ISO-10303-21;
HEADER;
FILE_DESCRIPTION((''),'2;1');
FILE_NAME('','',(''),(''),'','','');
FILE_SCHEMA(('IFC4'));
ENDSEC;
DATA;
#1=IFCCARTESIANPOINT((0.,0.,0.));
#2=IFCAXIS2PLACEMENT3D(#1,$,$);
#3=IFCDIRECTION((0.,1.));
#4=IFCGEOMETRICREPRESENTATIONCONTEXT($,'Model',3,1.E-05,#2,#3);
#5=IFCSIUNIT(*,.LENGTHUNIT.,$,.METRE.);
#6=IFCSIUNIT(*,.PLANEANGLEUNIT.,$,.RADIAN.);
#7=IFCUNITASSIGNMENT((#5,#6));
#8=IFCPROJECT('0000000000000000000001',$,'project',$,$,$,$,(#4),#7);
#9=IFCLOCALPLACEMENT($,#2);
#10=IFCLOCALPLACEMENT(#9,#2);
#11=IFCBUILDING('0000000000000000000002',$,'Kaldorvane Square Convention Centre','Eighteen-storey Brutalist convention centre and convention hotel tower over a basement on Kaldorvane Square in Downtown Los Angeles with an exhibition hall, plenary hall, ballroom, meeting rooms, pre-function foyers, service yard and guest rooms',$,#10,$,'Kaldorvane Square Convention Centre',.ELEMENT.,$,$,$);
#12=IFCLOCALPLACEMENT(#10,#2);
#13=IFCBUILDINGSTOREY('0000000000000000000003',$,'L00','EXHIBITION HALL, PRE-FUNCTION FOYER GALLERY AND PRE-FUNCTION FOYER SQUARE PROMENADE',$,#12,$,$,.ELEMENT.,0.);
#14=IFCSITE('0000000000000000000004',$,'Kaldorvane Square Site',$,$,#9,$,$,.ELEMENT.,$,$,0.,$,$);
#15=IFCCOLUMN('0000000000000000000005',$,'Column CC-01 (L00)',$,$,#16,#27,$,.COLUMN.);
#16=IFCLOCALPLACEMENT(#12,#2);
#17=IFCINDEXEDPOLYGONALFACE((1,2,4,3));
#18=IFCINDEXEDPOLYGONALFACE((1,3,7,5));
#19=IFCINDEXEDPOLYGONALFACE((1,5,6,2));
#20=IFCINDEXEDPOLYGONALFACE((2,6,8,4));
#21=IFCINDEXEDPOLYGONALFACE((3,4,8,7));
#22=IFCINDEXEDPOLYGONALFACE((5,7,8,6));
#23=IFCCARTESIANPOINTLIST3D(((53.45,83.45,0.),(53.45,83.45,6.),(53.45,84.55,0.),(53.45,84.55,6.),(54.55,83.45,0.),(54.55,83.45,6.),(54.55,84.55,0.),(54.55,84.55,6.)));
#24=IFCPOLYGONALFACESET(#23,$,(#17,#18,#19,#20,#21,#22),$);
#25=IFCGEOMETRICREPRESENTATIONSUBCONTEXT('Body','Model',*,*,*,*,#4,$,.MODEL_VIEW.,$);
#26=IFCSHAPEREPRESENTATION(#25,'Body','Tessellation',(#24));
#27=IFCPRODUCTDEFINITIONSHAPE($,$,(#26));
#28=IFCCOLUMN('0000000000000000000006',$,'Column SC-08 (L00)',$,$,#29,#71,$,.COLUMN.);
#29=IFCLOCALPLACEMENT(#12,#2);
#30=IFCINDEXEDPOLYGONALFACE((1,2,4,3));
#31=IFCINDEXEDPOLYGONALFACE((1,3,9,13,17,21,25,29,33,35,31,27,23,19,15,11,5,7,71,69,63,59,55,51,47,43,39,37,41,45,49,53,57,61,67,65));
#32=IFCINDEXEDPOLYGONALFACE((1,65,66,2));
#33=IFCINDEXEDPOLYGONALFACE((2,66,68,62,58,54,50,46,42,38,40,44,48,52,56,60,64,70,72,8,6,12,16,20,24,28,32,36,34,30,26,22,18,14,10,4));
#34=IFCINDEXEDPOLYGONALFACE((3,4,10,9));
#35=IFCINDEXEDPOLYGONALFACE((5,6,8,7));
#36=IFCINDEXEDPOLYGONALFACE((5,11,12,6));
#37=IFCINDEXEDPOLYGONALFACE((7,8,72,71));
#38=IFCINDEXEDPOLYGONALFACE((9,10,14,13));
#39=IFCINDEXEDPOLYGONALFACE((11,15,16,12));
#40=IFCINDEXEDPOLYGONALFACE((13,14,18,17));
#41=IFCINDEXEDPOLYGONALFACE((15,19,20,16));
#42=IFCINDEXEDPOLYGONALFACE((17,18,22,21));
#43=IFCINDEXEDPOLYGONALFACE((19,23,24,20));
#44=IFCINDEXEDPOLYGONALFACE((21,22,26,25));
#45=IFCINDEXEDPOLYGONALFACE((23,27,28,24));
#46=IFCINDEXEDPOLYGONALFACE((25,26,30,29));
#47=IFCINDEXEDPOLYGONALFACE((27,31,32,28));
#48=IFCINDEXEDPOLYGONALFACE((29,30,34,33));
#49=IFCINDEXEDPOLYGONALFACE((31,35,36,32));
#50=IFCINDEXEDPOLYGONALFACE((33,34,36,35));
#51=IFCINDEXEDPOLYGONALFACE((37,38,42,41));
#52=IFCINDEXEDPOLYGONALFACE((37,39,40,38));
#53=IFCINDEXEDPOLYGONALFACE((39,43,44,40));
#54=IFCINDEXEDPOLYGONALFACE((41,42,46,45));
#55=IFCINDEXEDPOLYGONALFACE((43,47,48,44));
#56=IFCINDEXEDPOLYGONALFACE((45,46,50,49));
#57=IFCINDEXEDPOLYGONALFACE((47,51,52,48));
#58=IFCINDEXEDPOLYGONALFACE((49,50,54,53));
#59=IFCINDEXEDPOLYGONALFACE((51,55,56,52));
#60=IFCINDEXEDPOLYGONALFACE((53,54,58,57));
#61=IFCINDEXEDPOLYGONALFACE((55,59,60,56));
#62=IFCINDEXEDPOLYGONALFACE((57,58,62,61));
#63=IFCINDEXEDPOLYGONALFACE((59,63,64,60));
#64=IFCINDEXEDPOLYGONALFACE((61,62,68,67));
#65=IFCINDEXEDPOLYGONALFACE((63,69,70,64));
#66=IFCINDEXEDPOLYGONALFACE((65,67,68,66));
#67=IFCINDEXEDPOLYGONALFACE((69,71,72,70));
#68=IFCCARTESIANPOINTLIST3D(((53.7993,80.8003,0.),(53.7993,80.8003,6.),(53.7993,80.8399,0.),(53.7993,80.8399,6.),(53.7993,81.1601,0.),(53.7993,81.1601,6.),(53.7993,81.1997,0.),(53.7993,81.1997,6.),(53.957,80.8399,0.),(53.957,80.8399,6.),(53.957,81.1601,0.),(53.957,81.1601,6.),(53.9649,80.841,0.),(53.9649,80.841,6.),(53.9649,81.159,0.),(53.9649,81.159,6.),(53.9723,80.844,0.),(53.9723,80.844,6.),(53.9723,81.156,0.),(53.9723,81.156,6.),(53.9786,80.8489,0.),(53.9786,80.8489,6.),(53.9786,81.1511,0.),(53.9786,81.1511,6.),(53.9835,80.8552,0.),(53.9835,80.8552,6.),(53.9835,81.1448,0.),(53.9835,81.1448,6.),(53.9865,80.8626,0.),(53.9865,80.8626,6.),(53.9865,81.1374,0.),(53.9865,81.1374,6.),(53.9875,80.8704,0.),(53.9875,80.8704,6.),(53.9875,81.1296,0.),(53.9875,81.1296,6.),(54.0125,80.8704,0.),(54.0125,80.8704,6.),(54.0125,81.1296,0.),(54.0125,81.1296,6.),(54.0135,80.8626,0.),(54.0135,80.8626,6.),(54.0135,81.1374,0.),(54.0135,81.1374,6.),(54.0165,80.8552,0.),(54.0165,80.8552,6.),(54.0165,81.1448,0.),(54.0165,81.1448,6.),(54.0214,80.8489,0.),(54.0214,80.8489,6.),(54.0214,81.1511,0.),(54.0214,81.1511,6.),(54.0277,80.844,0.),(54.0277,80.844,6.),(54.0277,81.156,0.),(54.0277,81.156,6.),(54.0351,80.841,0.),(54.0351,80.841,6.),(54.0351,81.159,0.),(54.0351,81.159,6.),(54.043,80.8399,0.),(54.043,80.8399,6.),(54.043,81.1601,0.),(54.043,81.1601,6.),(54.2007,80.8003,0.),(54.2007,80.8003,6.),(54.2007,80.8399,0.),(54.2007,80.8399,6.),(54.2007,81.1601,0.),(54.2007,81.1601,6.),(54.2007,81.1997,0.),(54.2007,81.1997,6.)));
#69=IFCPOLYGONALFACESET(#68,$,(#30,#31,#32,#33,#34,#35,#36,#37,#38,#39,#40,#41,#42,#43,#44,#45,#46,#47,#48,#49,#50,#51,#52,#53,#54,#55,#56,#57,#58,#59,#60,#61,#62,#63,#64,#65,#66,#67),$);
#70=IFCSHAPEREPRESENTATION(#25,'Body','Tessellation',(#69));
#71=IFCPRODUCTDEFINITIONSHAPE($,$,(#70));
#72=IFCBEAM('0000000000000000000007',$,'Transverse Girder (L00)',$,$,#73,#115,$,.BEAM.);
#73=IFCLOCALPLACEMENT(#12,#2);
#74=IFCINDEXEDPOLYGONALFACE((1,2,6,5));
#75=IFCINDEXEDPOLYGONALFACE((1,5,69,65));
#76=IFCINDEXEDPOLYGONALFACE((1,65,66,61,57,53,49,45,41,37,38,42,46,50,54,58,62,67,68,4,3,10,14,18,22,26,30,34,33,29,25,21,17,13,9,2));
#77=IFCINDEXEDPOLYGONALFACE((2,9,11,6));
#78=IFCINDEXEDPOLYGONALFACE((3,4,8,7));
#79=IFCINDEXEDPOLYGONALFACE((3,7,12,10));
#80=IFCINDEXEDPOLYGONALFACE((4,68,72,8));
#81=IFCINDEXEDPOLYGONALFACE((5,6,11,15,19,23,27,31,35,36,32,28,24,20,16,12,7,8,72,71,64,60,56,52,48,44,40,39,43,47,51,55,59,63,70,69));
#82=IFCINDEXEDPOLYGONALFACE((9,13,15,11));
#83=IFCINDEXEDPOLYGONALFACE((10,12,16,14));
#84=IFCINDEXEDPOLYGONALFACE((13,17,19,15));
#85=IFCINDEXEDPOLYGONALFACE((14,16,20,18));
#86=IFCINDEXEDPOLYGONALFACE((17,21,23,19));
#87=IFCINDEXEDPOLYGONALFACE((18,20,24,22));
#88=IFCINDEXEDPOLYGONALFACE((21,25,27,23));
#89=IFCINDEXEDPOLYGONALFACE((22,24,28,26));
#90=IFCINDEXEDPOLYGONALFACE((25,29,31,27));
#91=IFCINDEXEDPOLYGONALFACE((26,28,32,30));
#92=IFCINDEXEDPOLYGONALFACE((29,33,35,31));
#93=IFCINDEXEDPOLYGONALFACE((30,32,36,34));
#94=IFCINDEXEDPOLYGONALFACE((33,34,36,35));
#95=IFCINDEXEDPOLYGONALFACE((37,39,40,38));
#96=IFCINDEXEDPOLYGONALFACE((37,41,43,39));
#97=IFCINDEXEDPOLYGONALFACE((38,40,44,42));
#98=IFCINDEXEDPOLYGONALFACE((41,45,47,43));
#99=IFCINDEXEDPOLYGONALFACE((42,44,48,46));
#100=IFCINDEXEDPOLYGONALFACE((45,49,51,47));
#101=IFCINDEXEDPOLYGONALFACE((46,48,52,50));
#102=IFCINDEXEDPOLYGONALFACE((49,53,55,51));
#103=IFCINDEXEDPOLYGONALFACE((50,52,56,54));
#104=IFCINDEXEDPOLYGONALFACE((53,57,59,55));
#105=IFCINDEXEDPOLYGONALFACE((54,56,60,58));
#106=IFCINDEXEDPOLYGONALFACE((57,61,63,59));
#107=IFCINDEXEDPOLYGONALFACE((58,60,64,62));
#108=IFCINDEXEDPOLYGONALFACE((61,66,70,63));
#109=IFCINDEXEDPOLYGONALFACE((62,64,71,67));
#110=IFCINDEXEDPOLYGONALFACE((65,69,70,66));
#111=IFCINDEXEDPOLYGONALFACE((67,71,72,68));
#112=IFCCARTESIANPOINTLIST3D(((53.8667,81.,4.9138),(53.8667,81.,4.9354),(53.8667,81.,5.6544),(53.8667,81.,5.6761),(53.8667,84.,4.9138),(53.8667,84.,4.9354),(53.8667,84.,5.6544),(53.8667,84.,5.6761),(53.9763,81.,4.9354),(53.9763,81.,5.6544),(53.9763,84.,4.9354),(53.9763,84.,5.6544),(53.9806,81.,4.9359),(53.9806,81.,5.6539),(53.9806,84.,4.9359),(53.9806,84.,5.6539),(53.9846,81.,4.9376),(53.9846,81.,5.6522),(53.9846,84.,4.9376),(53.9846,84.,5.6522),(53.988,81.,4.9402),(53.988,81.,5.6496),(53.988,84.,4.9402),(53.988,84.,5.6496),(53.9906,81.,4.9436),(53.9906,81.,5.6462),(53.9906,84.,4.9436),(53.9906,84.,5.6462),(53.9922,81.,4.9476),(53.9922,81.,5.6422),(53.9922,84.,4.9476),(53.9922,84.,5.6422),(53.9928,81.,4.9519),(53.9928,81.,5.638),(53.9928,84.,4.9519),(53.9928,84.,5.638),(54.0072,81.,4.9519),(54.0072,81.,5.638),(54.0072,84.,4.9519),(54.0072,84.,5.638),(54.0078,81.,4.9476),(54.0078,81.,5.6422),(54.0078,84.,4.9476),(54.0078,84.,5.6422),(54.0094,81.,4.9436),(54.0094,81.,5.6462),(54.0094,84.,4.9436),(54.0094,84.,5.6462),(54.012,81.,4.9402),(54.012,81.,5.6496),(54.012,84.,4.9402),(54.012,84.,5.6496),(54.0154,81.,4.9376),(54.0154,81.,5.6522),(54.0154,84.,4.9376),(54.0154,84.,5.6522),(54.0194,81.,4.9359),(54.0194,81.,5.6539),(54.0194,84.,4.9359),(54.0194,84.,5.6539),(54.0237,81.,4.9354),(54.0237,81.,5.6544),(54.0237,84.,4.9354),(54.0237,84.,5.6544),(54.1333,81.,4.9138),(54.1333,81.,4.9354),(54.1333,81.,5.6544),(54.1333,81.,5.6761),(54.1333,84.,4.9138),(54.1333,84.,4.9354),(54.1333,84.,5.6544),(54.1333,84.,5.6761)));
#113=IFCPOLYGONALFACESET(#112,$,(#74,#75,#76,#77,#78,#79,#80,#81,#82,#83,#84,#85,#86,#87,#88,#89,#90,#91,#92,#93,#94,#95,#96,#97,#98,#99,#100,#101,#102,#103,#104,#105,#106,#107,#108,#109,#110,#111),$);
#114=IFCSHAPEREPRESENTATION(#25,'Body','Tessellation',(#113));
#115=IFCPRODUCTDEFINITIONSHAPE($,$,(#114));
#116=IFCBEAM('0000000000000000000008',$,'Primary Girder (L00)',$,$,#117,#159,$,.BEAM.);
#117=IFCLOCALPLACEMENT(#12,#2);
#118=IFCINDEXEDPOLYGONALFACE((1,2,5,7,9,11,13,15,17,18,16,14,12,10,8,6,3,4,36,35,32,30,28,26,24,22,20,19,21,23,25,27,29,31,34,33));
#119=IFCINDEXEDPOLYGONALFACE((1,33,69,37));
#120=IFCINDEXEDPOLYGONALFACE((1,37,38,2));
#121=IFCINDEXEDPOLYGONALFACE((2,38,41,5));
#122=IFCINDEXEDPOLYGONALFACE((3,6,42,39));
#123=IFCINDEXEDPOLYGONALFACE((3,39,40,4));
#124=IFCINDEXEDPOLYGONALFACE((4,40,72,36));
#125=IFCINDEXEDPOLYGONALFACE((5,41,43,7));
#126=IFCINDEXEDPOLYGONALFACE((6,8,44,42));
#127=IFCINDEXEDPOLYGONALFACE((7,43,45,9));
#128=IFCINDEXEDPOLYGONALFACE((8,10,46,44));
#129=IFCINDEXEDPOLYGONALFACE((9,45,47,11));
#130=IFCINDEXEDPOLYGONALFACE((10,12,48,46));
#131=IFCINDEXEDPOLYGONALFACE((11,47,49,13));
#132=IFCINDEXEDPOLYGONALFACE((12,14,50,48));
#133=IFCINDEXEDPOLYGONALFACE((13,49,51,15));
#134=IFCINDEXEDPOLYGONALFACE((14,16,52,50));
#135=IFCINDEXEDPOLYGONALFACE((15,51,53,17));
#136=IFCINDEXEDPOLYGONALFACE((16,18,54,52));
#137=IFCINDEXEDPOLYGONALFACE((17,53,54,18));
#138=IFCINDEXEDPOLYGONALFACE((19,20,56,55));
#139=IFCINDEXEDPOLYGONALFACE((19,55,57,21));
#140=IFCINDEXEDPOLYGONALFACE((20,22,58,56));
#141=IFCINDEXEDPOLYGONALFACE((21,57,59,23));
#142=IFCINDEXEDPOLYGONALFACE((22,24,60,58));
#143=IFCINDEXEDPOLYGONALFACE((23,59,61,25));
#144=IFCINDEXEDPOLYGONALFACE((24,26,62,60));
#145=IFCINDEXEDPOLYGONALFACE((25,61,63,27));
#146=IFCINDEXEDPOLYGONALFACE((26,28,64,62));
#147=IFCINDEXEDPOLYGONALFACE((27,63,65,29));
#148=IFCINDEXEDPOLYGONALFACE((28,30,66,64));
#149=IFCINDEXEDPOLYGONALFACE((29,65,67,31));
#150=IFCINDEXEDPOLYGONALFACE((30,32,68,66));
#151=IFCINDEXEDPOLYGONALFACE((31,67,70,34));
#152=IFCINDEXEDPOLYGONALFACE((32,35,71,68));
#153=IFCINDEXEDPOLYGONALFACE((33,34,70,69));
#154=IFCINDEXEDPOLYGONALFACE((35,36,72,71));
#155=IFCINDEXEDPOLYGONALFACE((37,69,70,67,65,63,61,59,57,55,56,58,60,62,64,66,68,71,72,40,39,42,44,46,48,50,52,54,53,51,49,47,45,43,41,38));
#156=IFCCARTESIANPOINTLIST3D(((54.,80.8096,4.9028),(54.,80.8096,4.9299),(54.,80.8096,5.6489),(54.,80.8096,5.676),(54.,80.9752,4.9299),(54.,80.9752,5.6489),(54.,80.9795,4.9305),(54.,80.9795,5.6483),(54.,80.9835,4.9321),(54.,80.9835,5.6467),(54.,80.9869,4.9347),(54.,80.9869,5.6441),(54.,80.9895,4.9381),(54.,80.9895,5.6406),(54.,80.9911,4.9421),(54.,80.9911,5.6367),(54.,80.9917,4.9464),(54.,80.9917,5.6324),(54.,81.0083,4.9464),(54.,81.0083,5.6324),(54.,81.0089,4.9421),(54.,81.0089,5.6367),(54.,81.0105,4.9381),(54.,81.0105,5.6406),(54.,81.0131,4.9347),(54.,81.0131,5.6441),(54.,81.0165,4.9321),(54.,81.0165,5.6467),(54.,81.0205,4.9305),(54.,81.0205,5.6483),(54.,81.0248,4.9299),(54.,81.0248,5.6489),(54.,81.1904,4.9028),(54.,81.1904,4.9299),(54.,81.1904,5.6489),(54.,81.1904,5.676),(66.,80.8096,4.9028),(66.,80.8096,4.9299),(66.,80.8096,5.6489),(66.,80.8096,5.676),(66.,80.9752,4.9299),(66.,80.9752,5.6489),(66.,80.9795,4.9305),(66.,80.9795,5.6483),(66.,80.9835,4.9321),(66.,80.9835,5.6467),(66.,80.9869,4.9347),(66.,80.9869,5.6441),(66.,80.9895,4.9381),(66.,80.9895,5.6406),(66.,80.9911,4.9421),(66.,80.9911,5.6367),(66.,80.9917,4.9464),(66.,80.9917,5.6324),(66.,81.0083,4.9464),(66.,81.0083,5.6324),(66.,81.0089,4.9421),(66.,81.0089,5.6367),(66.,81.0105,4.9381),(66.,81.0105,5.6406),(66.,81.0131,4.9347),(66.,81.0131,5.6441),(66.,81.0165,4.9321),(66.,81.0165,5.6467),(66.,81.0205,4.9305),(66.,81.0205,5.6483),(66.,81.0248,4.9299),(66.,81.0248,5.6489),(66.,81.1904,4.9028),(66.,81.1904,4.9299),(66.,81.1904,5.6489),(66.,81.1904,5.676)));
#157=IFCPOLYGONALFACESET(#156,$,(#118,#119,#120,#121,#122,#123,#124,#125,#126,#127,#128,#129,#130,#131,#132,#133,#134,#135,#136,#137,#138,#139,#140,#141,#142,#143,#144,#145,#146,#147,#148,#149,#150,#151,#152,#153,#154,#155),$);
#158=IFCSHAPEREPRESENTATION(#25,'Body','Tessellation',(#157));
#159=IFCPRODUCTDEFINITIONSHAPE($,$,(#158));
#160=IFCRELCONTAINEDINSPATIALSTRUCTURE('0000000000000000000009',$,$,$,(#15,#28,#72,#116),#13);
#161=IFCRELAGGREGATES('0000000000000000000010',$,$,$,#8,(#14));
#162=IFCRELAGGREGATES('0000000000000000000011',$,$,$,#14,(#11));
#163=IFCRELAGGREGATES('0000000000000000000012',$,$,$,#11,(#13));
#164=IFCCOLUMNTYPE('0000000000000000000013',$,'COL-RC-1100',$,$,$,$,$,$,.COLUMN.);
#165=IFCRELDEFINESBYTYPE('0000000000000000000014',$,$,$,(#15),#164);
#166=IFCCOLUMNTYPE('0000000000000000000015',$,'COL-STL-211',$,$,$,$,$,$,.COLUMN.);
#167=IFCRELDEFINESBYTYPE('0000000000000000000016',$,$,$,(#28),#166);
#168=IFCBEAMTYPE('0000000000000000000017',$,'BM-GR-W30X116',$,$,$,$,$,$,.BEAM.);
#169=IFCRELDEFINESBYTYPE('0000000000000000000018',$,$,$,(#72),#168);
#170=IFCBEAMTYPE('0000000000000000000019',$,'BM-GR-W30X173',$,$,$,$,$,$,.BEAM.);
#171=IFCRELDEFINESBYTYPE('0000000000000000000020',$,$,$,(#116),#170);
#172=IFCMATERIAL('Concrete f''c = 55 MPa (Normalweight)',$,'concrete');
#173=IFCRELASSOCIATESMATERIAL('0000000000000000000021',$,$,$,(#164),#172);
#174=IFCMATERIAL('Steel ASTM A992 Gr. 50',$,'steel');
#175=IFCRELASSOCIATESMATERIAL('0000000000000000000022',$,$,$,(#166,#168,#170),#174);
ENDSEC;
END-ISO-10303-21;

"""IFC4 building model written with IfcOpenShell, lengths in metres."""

from ifc_helpers import new_model, si_unit, direction, frame, origin, origin_2d, place, context, subcontext, project, spatial, rectangle, i_section, extrude, material, material_profile, profile_set, type_object, element, save


model = new_model("IFC4")

# Units and contexts
model_context = context("Model", 3, precision=1e-05, world=origin(), true_north=direction((0.0, 1.0)))
body_context = subcontext(model_context, "Body", "Model", "MODEL_VIEW")
ifc_project = project(units=[si_unit("LENGTHUNIT", "METRE"), si_unit("PLANEANGLEUNIT", "RADIAN")], contexts=[model_context])

# Site, building, storey
site_placement = place(None, origin())
site = spatial("IfcSite", under=ifc_project, at=site_placement, Name="Kaldorvane Square Site", CompositionType="ELEMENT", RefElevation=0.0)
building_placement = place(site_placement, origin())
building = spatial("IfcBuilding", under=site, at=building_placement, Name="Kaldorvane Square Convention Centre", Description="Eighteen-storey Brutalist convention centre and convention hotel tower over a basement on Kaldorvane Square in Downtown Los Angeles with an exhibition hall, plenary hall, ballroom, meeting rooms, pre-function foyers, service yard and guest rooms", LongName="Kaldorvane Square Convention Centre", CompositionType="ELEMENT")
storey_placement = place(building_placement, origin())
storey = spatial("IfcBuildingStorey", under=building, at=storey_placement, Name="L00", Description="EXHIBITION HALL, PRE-FUNCTION FOYER GALLERY AND PRE-FUNCTION FOYER SQUARE PROMENADE", CompositionType="ELEMENT", Elevation=0.0)

# Columns
ifc_material_1 = material(Name="Concrete f'c = 55 MPa (Normalweight)", Category="concrete")
ifc_material_profile_1 = material_profile(ifc_material_1, rectangle(XDim=1.1, YDim=1.1, at=origin_2d()), Name="RC1100X1100")
ifc_profile_set_1 = profile_set([ifc_material_profile_1], Name="Concrete f'c = 55 MPa (Normalweight)")
column_type_1 = type_object("IfcColumnType", Name="COL-RC-1100", PredefinedType="COLUMN", material=ifc_profile_set_1)
column_1_placement = place(storey_placement, frame((54.0, 84.0, 0.0), z_axis=(0.0, 0.0, 1.0), x_axis=(1.0, 0.0, 0.0)))
element("IfcColumn", 1, at=column_1_placement, inside=storey, type_object=column_type_1, Name="Column CC-01 (L00)", PredefinedType="COLUMN", context=body_context, shape_type="SweptSolid", body=[
    extrude(rectangle(XDim=1.1, YDim=1.1, at=origin_2d()), origin(), (0.0, 0.0, 1.0), 6.0),
])
ifc_material_2 = material(Name="Steel ASTM A992 Gr. 50", Category="steel")
ifc_material_profile_2 = material_profile(ifc_material_2, i_section(OverallWidth=0.4013, OverallDepth=0.3993, WebThickness=0.0249, FlangeThickness=0.0396, FilletRadius=0.0305, at=origin_2d()), Name="W14X211")
ifc_profile_set_2 = profile_set([ifc_material_profile_2], Name="Steel ASTM A992 Gr. 50")
column_type_2 = type_object("IfcColumnType", Name="COL-STL-211", PredefinedType="COLUMN", material=ifc_profile_set_2)
column_2_placement = place(storey_placement, frame((54.0, 81.0, 0.0), z_axis=(0.0, 0.0, 1.0), x_axis=(1.0, 0.0, 0.0)))
element("IfcColumn", 2, at=column_2_placement, inside=storey, type_object=column_type_2, Name="Column SC-08 (L00)", PredefinedType="COLUMN", context=body_context, shape_type="SweptSolid", body=[
    extrude(i_section(OverallWidth=0.4013, OverallDepth=0.3993, WebThickness=0.0249, FlangeThickness=0.0396, FilletRadius=0.0305, at=origin_2d()), origin(), (0.0, 0.0, 1.0), 6.0),
])

# Beams
ifc_material_profile_3 = material_profile(ifc_material_2, i_section(OverallWidth=0.2666, OverallDepth=0.7623, WebThickness=0.0144, FlangeThickness=0.0216, FilletRadius=0.0165, at=origin_2d()), Name="W30X116")
ifc_profile_set_3 = profile_set([ifc_material_profile_3], Name="Steel ASTM A992 Gr. 50")
beam_type_1 = type_object("IfcBeamType", Name="BM-GR-W30X116", PredefinedType="BEAM", material=ifc_profile_set_3)
beam_placement = place(storey_placement, frame((54.0, 81.0, 5.2949), z_axis=(0.0, 1.0, 0.0), x_axis=(-1.0, 0.0, 0.0)))
element("IfcBeam", 3, at=beam_placement, inside=storey, type_object=beam_type_1, Name="Transverse Girder (L00)", PredefinedType="BEAM", context=body_context, shape_type="SweptSolid", body=[
    extrude(i_section(OverallWidth=0.2666, OverallDepth=0.7623, WebThickness=0.0144, FlangeThickness=0.0216, FilletRadius=0.0165, at=origin_2d()), origin(), (0.0, 0.0, 1.0), 3.0),
])
ifc_material_profile_4 = material_profile(ifc_material_2, i_section(OverallWidth=0.3807, OverallDepth=0.7732, WebThickness=0.0166, FlangeThickness=0.0271, FilletRadius=0.0165, at=origin_2d()), Name="W30X173")
ifc_profile_set_4 = profile_set([ifc_material_profile_4], Name="Steel ASTM A992 Gr. 50")
beam_type_2 = type_object("IfcBeamType", Name="BM-GR-W30X173", PredefinedType="BEAM", material=ifc_profile_set_4)
for number, where, z_axis, x_axis, name in (
    (4, (54.0, 81.0, 5.2894), (1.0, 0.0, 0.0), (0.0, 1.0, 0.0), "Primary Girder (L00)"),
):
    element("IfcBeam", number, at=place(storey_placement, frame(where, z_axis=z_axis, x_axis=x_axis)), inside=storey, type_object=beam_type_2, Name=name, PredefinedType="BEAM", context=body_context, shape_type="SweptSolid", body=[
        extrude(i_section(OverallWidth=0.3807, OverallDepth=0.7732, WebThickness=0.0166, FlangeThickness=0.0271, FilletRadius=0.0165, at=origin_2d()), origin(), (0.0, 0.0, 1.0), 12.0),
    ])

save(model, "model.ifc")
